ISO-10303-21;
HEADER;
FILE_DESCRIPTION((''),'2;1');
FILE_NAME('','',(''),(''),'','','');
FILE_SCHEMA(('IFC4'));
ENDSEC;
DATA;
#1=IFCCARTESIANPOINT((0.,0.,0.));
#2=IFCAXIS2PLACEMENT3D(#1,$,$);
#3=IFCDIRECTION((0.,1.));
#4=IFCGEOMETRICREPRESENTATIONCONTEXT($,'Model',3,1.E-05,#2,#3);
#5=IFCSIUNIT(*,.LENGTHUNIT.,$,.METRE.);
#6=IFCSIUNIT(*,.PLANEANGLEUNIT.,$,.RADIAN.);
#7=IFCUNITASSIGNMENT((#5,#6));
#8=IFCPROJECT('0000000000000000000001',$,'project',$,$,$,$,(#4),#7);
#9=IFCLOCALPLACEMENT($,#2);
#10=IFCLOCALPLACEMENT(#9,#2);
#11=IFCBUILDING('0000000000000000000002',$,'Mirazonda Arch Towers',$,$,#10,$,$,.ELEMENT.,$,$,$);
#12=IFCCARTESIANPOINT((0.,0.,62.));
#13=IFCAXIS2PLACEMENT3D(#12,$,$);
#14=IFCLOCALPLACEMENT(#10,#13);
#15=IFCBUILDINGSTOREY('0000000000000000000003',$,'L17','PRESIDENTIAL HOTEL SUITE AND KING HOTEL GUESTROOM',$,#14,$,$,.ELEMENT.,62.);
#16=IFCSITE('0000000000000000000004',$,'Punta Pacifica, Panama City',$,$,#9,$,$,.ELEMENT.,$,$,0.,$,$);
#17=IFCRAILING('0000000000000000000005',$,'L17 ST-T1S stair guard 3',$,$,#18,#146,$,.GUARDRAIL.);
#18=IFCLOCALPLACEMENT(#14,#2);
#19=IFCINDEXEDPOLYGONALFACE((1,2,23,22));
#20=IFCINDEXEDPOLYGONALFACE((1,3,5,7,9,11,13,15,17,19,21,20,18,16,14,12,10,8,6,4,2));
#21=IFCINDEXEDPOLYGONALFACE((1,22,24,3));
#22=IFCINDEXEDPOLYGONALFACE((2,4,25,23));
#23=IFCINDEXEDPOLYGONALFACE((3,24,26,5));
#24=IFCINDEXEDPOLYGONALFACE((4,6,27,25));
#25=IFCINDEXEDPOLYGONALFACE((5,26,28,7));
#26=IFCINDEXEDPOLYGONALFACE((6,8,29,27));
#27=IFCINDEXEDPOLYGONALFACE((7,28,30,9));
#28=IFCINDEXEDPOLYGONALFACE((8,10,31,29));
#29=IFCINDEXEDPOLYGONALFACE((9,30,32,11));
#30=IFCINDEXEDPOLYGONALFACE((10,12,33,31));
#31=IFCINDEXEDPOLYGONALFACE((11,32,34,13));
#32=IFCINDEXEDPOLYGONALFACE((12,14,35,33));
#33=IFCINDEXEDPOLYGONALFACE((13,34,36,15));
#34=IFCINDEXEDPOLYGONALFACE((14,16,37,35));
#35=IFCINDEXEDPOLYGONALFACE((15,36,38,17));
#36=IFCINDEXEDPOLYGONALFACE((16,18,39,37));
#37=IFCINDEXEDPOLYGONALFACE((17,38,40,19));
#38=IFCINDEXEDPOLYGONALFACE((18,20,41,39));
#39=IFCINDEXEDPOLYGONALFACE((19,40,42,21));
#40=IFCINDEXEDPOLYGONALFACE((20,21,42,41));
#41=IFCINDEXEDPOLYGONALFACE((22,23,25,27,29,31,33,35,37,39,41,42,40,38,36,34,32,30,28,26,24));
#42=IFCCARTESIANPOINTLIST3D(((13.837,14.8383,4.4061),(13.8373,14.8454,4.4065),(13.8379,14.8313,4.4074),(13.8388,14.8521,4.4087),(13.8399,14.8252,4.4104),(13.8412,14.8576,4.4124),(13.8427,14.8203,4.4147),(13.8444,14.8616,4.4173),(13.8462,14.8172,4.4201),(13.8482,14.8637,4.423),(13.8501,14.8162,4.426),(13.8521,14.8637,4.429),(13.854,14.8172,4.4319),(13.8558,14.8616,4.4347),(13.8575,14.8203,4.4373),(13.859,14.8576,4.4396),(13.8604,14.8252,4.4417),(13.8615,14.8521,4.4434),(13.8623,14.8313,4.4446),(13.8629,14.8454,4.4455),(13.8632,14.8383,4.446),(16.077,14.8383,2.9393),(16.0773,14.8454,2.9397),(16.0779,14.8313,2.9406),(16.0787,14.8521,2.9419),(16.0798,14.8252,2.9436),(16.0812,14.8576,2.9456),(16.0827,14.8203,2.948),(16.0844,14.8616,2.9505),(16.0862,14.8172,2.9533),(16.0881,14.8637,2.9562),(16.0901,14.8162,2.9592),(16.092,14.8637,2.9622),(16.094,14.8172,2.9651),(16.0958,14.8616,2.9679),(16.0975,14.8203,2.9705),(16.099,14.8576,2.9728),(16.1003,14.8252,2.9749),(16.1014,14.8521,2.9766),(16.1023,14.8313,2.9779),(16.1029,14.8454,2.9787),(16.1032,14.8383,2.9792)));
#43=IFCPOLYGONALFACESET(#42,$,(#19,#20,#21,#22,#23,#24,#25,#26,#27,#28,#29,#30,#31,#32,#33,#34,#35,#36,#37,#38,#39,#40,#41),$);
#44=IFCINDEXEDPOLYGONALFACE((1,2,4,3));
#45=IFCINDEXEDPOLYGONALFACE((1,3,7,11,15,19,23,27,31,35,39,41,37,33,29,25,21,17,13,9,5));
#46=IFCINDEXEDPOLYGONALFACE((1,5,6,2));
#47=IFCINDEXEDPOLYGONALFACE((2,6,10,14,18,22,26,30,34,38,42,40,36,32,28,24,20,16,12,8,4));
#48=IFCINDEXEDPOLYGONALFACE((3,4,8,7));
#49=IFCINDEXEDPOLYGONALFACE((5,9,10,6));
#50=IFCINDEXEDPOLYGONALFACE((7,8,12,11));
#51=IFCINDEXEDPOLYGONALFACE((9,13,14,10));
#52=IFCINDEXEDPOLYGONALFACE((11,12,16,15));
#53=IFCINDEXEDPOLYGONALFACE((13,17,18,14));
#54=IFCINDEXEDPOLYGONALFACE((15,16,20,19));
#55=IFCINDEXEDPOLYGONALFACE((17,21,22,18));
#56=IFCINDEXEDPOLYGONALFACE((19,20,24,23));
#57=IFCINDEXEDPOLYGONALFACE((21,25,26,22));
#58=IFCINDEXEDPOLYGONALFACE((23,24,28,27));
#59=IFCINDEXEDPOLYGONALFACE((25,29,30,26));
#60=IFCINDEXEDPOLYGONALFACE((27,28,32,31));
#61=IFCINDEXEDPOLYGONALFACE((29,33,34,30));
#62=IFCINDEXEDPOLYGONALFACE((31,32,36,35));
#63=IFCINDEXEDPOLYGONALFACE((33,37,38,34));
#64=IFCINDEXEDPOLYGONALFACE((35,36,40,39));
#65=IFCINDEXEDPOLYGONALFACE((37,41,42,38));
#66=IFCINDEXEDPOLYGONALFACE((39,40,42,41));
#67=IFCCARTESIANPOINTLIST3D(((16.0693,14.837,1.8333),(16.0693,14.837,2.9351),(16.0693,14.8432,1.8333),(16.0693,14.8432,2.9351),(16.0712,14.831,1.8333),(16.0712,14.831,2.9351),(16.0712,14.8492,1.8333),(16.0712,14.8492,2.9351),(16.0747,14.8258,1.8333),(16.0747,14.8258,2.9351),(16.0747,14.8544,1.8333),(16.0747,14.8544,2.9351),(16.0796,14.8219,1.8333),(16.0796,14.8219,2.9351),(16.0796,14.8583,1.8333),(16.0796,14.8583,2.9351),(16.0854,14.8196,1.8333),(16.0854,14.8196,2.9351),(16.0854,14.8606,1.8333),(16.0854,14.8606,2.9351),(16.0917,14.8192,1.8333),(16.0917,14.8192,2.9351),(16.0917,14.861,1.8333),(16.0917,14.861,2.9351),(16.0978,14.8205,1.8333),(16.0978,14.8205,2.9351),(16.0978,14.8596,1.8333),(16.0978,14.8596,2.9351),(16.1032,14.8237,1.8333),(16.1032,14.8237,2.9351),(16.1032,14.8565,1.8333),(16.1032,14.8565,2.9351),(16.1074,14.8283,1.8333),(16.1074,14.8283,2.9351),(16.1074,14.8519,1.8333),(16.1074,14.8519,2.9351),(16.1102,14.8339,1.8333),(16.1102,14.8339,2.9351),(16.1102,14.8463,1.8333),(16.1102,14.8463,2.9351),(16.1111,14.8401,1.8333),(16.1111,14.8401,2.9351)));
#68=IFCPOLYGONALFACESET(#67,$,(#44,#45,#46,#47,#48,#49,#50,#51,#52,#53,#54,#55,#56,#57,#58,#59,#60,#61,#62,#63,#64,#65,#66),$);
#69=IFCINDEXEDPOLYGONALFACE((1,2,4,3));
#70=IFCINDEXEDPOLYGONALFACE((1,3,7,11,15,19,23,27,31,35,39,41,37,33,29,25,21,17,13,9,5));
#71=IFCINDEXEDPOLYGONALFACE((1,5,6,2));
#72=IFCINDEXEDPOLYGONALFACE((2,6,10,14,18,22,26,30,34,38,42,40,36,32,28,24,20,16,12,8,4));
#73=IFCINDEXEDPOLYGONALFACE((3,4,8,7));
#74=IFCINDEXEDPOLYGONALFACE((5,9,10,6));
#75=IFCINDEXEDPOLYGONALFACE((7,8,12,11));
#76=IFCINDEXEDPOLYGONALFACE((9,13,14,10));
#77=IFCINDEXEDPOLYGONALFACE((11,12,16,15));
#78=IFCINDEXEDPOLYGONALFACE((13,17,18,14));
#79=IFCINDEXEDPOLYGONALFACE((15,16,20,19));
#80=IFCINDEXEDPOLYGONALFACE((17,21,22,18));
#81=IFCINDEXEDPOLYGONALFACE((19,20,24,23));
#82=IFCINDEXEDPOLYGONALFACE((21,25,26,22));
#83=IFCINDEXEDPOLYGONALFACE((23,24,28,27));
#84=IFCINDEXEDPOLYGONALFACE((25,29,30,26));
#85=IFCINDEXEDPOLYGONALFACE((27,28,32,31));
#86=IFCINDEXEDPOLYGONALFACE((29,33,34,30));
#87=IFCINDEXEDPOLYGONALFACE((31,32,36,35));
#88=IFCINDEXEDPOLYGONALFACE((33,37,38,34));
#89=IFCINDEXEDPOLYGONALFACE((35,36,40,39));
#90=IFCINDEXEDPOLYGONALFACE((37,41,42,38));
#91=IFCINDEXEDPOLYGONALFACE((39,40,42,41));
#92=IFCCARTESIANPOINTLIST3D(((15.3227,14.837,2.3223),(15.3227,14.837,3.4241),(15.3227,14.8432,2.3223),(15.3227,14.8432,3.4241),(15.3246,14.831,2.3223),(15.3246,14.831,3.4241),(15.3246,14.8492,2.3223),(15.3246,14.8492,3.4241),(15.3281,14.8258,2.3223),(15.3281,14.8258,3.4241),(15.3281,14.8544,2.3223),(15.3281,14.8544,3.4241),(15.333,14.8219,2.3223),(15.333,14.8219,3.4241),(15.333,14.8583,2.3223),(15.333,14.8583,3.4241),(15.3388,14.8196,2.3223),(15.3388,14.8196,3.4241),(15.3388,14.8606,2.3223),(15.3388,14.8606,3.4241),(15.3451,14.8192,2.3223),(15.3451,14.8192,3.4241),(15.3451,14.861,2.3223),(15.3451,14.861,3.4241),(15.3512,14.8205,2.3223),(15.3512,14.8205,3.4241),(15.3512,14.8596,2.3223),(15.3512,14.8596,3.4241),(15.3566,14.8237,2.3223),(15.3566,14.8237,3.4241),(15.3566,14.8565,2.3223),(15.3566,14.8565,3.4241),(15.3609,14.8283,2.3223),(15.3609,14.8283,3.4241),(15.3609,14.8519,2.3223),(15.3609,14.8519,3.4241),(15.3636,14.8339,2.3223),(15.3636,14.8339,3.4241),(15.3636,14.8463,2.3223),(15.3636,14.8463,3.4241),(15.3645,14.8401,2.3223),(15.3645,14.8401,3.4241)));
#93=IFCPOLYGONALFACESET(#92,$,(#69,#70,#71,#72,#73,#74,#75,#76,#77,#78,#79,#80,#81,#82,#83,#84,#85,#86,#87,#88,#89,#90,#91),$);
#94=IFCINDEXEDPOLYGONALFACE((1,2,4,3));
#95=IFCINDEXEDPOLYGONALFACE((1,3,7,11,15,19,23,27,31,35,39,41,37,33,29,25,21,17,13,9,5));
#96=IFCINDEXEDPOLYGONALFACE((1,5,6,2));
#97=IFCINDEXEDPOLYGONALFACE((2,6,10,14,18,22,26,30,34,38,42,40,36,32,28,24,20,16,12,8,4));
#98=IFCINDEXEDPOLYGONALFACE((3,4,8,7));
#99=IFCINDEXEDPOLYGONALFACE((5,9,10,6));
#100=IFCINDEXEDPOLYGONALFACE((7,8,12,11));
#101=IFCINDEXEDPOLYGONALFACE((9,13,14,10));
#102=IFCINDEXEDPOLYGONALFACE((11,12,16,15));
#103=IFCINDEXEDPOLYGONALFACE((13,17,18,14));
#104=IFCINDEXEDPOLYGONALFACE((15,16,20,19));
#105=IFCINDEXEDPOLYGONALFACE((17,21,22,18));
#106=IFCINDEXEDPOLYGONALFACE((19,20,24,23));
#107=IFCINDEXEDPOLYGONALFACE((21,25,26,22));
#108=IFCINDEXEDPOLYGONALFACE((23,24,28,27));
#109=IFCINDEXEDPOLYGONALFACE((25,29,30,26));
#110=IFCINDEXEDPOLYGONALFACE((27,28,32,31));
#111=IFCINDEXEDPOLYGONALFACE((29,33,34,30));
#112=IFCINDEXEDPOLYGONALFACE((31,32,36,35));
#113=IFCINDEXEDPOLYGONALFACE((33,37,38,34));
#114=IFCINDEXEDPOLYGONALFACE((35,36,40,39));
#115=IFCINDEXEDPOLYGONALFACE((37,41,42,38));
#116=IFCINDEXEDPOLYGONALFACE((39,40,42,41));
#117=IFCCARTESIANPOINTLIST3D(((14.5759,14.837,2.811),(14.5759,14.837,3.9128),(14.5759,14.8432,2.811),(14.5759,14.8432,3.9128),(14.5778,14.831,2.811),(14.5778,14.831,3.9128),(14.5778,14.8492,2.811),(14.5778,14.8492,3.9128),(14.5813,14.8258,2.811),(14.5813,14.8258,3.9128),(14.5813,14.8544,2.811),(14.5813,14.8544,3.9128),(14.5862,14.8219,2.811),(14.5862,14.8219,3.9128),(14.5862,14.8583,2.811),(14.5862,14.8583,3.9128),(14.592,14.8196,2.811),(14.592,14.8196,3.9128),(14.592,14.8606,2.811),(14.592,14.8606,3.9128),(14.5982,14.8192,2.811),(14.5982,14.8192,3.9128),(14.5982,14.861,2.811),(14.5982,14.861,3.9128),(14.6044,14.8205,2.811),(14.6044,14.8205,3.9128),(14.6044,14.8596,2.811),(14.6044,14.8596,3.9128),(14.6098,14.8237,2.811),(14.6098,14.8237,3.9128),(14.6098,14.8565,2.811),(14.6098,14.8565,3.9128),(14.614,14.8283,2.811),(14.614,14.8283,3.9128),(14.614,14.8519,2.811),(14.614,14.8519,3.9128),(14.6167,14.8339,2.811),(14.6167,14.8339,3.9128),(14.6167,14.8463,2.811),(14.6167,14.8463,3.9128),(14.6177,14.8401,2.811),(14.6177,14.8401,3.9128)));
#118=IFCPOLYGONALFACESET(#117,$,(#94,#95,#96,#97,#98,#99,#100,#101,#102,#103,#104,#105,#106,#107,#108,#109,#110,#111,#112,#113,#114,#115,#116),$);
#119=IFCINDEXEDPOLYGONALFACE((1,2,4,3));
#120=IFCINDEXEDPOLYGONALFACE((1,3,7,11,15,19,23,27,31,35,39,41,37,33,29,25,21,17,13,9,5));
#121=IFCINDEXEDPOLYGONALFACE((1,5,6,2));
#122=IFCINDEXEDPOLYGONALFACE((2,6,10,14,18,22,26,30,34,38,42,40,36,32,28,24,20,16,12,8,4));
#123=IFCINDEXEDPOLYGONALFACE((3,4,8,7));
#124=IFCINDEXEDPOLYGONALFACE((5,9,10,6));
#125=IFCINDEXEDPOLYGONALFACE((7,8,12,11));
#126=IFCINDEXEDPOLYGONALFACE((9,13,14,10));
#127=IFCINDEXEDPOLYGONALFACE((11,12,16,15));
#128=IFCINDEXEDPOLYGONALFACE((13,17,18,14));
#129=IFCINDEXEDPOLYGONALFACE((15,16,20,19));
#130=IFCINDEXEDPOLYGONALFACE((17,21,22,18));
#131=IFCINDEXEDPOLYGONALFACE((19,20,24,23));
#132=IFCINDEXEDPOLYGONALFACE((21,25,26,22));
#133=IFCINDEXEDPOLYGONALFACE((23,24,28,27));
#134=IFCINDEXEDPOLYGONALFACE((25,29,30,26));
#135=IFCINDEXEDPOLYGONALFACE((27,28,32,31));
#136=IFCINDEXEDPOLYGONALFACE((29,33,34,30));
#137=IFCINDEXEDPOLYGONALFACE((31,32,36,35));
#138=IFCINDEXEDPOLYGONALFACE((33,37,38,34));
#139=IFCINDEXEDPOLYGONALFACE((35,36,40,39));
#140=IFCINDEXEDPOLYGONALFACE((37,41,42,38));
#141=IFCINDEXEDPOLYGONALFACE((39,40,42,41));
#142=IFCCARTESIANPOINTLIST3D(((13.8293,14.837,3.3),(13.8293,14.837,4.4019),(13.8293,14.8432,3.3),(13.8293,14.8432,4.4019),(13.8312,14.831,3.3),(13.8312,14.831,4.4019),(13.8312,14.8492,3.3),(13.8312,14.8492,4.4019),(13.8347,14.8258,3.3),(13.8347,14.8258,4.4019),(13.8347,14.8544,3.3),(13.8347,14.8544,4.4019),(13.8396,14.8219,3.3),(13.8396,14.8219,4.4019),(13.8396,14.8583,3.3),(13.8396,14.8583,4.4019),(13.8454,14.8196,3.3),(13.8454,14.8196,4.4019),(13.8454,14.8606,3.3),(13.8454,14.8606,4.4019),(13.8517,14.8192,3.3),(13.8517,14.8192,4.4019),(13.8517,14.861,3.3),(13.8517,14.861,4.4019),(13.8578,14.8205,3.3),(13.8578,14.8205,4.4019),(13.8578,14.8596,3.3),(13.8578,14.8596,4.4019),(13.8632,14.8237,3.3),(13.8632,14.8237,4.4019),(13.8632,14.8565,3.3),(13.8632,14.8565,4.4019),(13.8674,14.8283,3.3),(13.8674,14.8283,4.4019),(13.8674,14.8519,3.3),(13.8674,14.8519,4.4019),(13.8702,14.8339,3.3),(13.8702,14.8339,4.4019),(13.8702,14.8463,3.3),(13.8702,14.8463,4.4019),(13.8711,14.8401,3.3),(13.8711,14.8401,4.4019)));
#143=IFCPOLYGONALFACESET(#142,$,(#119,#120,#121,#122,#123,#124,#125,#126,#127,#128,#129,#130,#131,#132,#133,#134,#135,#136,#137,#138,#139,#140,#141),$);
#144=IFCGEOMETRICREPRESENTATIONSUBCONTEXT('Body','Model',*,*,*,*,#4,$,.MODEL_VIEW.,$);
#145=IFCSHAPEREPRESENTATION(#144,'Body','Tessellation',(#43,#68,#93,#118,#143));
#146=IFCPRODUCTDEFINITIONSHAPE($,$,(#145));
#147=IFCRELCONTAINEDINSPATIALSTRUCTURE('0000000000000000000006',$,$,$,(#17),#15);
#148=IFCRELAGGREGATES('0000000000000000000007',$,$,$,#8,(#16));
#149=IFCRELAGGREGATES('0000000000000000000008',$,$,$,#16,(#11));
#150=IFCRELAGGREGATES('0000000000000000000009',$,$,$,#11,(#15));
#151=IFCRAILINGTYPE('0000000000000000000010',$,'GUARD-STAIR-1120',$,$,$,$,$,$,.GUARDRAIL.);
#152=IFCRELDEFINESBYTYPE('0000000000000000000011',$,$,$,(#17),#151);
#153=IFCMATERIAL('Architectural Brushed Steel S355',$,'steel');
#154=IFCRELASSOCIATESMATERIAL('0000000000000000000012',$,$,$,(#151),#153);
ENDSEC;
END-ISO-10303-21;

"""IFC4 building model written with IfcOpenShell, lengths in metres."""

from ifc_helpers import new_model, si_unit, direction, frame, origin, origin_2d, place, context, subcontext, project, spatial, circle, extrude, material, type_object, element, save


model = new_model("IFC4")

# Units and contexts
model_context = context("Model", 3, precision=1e-05, world=origin(), true_north=direction((0.0, 1.0)))
body_context = subcontext(model_context, "Body", "Model", "MODEL_VIEW")
ifc_project = project(units=[si_unit("LENGTHUNIT", "METRE"), si_unit("PLANEANGLEUNIT", "RADIAN")], contexts=[model_context])

# Site, building, storey
site_placement = place(None, origin())
site = spatial("IfcSite", under=ifc_project, at=site_placement, Name="Punta Pacifica, Panama City", CompositionType="ELEMENT", RefElevation=0.0)
building_placement = place(site_placement, origin())
building = spatial("IfcBuilding", under=site, at=building_placement, Name="Mirazonda Arch Towers", CompositionType="ELEMENT")
storey_placement = place(building_placement, frame((0.0, 0.0, 62.0)))
storey = spatial("IfcBuildingStorey", under=building, at=storey_placement, Name="L17", Description="PRESIDENTIAL HOTEL SUITE AND KING HOTEL GUESTROOM", CompositionType="ELEMENT", Elevation=62.0)

# Railing
ifc_material_1 = material(Name="Architectural Brushed Steel S355", Category="steel")
railing_type_1 = type_object("IfcRailingType", Name="GUARD-STAIR-1120", PredefinedType="GUARDRAIL", material=ifc_material_1)
railing_1_placement = place(storey_placement, frame((16.0901, 14.8401, 1.8333)))
element("IfcRailing", 1, at=railing_1_placement, inside=storey, type_object=railing_type_1, Name="L17 ST-T1S stair guard 3", PredefinedType="GUARDRAIL", context=body_context, shape_type="SweptSolid", body=[
    extrude(circle(Radius=0.0239, at=origin_2d()), frame((0.0, 0.0, 1.126), z_axis=(-0.836595, 0.0, 0.547822), x_axis=(0.0, -1.0, 0.0)), (0.0, 0.0, 1.0), 2.6775),
    extrude(circle(Radius=0.021, at=origin_2d()), origin(), (0.0, 0.0, 1.0), 1.1018),
    extrude(circle(Radius=0.021, at=origin_2d()), frame((-0.7466, 0.0, 0.489)), (0.0, 0.0, 1.0), 1.1018),
    extrude(circle(Radius=0.021, at=origin_2d()), frame((-1.4934, 0.0, 0.9778)), (0.0, 0.0, 1.0), 1.1018),
    extrude(circle(Radius=0.021, at=origin_2d()), frame((-2.24, 0.0, 1.4668)), (0.0, 0.0, 1.0), 1.1018),
])

save(model, "model.ifc")
